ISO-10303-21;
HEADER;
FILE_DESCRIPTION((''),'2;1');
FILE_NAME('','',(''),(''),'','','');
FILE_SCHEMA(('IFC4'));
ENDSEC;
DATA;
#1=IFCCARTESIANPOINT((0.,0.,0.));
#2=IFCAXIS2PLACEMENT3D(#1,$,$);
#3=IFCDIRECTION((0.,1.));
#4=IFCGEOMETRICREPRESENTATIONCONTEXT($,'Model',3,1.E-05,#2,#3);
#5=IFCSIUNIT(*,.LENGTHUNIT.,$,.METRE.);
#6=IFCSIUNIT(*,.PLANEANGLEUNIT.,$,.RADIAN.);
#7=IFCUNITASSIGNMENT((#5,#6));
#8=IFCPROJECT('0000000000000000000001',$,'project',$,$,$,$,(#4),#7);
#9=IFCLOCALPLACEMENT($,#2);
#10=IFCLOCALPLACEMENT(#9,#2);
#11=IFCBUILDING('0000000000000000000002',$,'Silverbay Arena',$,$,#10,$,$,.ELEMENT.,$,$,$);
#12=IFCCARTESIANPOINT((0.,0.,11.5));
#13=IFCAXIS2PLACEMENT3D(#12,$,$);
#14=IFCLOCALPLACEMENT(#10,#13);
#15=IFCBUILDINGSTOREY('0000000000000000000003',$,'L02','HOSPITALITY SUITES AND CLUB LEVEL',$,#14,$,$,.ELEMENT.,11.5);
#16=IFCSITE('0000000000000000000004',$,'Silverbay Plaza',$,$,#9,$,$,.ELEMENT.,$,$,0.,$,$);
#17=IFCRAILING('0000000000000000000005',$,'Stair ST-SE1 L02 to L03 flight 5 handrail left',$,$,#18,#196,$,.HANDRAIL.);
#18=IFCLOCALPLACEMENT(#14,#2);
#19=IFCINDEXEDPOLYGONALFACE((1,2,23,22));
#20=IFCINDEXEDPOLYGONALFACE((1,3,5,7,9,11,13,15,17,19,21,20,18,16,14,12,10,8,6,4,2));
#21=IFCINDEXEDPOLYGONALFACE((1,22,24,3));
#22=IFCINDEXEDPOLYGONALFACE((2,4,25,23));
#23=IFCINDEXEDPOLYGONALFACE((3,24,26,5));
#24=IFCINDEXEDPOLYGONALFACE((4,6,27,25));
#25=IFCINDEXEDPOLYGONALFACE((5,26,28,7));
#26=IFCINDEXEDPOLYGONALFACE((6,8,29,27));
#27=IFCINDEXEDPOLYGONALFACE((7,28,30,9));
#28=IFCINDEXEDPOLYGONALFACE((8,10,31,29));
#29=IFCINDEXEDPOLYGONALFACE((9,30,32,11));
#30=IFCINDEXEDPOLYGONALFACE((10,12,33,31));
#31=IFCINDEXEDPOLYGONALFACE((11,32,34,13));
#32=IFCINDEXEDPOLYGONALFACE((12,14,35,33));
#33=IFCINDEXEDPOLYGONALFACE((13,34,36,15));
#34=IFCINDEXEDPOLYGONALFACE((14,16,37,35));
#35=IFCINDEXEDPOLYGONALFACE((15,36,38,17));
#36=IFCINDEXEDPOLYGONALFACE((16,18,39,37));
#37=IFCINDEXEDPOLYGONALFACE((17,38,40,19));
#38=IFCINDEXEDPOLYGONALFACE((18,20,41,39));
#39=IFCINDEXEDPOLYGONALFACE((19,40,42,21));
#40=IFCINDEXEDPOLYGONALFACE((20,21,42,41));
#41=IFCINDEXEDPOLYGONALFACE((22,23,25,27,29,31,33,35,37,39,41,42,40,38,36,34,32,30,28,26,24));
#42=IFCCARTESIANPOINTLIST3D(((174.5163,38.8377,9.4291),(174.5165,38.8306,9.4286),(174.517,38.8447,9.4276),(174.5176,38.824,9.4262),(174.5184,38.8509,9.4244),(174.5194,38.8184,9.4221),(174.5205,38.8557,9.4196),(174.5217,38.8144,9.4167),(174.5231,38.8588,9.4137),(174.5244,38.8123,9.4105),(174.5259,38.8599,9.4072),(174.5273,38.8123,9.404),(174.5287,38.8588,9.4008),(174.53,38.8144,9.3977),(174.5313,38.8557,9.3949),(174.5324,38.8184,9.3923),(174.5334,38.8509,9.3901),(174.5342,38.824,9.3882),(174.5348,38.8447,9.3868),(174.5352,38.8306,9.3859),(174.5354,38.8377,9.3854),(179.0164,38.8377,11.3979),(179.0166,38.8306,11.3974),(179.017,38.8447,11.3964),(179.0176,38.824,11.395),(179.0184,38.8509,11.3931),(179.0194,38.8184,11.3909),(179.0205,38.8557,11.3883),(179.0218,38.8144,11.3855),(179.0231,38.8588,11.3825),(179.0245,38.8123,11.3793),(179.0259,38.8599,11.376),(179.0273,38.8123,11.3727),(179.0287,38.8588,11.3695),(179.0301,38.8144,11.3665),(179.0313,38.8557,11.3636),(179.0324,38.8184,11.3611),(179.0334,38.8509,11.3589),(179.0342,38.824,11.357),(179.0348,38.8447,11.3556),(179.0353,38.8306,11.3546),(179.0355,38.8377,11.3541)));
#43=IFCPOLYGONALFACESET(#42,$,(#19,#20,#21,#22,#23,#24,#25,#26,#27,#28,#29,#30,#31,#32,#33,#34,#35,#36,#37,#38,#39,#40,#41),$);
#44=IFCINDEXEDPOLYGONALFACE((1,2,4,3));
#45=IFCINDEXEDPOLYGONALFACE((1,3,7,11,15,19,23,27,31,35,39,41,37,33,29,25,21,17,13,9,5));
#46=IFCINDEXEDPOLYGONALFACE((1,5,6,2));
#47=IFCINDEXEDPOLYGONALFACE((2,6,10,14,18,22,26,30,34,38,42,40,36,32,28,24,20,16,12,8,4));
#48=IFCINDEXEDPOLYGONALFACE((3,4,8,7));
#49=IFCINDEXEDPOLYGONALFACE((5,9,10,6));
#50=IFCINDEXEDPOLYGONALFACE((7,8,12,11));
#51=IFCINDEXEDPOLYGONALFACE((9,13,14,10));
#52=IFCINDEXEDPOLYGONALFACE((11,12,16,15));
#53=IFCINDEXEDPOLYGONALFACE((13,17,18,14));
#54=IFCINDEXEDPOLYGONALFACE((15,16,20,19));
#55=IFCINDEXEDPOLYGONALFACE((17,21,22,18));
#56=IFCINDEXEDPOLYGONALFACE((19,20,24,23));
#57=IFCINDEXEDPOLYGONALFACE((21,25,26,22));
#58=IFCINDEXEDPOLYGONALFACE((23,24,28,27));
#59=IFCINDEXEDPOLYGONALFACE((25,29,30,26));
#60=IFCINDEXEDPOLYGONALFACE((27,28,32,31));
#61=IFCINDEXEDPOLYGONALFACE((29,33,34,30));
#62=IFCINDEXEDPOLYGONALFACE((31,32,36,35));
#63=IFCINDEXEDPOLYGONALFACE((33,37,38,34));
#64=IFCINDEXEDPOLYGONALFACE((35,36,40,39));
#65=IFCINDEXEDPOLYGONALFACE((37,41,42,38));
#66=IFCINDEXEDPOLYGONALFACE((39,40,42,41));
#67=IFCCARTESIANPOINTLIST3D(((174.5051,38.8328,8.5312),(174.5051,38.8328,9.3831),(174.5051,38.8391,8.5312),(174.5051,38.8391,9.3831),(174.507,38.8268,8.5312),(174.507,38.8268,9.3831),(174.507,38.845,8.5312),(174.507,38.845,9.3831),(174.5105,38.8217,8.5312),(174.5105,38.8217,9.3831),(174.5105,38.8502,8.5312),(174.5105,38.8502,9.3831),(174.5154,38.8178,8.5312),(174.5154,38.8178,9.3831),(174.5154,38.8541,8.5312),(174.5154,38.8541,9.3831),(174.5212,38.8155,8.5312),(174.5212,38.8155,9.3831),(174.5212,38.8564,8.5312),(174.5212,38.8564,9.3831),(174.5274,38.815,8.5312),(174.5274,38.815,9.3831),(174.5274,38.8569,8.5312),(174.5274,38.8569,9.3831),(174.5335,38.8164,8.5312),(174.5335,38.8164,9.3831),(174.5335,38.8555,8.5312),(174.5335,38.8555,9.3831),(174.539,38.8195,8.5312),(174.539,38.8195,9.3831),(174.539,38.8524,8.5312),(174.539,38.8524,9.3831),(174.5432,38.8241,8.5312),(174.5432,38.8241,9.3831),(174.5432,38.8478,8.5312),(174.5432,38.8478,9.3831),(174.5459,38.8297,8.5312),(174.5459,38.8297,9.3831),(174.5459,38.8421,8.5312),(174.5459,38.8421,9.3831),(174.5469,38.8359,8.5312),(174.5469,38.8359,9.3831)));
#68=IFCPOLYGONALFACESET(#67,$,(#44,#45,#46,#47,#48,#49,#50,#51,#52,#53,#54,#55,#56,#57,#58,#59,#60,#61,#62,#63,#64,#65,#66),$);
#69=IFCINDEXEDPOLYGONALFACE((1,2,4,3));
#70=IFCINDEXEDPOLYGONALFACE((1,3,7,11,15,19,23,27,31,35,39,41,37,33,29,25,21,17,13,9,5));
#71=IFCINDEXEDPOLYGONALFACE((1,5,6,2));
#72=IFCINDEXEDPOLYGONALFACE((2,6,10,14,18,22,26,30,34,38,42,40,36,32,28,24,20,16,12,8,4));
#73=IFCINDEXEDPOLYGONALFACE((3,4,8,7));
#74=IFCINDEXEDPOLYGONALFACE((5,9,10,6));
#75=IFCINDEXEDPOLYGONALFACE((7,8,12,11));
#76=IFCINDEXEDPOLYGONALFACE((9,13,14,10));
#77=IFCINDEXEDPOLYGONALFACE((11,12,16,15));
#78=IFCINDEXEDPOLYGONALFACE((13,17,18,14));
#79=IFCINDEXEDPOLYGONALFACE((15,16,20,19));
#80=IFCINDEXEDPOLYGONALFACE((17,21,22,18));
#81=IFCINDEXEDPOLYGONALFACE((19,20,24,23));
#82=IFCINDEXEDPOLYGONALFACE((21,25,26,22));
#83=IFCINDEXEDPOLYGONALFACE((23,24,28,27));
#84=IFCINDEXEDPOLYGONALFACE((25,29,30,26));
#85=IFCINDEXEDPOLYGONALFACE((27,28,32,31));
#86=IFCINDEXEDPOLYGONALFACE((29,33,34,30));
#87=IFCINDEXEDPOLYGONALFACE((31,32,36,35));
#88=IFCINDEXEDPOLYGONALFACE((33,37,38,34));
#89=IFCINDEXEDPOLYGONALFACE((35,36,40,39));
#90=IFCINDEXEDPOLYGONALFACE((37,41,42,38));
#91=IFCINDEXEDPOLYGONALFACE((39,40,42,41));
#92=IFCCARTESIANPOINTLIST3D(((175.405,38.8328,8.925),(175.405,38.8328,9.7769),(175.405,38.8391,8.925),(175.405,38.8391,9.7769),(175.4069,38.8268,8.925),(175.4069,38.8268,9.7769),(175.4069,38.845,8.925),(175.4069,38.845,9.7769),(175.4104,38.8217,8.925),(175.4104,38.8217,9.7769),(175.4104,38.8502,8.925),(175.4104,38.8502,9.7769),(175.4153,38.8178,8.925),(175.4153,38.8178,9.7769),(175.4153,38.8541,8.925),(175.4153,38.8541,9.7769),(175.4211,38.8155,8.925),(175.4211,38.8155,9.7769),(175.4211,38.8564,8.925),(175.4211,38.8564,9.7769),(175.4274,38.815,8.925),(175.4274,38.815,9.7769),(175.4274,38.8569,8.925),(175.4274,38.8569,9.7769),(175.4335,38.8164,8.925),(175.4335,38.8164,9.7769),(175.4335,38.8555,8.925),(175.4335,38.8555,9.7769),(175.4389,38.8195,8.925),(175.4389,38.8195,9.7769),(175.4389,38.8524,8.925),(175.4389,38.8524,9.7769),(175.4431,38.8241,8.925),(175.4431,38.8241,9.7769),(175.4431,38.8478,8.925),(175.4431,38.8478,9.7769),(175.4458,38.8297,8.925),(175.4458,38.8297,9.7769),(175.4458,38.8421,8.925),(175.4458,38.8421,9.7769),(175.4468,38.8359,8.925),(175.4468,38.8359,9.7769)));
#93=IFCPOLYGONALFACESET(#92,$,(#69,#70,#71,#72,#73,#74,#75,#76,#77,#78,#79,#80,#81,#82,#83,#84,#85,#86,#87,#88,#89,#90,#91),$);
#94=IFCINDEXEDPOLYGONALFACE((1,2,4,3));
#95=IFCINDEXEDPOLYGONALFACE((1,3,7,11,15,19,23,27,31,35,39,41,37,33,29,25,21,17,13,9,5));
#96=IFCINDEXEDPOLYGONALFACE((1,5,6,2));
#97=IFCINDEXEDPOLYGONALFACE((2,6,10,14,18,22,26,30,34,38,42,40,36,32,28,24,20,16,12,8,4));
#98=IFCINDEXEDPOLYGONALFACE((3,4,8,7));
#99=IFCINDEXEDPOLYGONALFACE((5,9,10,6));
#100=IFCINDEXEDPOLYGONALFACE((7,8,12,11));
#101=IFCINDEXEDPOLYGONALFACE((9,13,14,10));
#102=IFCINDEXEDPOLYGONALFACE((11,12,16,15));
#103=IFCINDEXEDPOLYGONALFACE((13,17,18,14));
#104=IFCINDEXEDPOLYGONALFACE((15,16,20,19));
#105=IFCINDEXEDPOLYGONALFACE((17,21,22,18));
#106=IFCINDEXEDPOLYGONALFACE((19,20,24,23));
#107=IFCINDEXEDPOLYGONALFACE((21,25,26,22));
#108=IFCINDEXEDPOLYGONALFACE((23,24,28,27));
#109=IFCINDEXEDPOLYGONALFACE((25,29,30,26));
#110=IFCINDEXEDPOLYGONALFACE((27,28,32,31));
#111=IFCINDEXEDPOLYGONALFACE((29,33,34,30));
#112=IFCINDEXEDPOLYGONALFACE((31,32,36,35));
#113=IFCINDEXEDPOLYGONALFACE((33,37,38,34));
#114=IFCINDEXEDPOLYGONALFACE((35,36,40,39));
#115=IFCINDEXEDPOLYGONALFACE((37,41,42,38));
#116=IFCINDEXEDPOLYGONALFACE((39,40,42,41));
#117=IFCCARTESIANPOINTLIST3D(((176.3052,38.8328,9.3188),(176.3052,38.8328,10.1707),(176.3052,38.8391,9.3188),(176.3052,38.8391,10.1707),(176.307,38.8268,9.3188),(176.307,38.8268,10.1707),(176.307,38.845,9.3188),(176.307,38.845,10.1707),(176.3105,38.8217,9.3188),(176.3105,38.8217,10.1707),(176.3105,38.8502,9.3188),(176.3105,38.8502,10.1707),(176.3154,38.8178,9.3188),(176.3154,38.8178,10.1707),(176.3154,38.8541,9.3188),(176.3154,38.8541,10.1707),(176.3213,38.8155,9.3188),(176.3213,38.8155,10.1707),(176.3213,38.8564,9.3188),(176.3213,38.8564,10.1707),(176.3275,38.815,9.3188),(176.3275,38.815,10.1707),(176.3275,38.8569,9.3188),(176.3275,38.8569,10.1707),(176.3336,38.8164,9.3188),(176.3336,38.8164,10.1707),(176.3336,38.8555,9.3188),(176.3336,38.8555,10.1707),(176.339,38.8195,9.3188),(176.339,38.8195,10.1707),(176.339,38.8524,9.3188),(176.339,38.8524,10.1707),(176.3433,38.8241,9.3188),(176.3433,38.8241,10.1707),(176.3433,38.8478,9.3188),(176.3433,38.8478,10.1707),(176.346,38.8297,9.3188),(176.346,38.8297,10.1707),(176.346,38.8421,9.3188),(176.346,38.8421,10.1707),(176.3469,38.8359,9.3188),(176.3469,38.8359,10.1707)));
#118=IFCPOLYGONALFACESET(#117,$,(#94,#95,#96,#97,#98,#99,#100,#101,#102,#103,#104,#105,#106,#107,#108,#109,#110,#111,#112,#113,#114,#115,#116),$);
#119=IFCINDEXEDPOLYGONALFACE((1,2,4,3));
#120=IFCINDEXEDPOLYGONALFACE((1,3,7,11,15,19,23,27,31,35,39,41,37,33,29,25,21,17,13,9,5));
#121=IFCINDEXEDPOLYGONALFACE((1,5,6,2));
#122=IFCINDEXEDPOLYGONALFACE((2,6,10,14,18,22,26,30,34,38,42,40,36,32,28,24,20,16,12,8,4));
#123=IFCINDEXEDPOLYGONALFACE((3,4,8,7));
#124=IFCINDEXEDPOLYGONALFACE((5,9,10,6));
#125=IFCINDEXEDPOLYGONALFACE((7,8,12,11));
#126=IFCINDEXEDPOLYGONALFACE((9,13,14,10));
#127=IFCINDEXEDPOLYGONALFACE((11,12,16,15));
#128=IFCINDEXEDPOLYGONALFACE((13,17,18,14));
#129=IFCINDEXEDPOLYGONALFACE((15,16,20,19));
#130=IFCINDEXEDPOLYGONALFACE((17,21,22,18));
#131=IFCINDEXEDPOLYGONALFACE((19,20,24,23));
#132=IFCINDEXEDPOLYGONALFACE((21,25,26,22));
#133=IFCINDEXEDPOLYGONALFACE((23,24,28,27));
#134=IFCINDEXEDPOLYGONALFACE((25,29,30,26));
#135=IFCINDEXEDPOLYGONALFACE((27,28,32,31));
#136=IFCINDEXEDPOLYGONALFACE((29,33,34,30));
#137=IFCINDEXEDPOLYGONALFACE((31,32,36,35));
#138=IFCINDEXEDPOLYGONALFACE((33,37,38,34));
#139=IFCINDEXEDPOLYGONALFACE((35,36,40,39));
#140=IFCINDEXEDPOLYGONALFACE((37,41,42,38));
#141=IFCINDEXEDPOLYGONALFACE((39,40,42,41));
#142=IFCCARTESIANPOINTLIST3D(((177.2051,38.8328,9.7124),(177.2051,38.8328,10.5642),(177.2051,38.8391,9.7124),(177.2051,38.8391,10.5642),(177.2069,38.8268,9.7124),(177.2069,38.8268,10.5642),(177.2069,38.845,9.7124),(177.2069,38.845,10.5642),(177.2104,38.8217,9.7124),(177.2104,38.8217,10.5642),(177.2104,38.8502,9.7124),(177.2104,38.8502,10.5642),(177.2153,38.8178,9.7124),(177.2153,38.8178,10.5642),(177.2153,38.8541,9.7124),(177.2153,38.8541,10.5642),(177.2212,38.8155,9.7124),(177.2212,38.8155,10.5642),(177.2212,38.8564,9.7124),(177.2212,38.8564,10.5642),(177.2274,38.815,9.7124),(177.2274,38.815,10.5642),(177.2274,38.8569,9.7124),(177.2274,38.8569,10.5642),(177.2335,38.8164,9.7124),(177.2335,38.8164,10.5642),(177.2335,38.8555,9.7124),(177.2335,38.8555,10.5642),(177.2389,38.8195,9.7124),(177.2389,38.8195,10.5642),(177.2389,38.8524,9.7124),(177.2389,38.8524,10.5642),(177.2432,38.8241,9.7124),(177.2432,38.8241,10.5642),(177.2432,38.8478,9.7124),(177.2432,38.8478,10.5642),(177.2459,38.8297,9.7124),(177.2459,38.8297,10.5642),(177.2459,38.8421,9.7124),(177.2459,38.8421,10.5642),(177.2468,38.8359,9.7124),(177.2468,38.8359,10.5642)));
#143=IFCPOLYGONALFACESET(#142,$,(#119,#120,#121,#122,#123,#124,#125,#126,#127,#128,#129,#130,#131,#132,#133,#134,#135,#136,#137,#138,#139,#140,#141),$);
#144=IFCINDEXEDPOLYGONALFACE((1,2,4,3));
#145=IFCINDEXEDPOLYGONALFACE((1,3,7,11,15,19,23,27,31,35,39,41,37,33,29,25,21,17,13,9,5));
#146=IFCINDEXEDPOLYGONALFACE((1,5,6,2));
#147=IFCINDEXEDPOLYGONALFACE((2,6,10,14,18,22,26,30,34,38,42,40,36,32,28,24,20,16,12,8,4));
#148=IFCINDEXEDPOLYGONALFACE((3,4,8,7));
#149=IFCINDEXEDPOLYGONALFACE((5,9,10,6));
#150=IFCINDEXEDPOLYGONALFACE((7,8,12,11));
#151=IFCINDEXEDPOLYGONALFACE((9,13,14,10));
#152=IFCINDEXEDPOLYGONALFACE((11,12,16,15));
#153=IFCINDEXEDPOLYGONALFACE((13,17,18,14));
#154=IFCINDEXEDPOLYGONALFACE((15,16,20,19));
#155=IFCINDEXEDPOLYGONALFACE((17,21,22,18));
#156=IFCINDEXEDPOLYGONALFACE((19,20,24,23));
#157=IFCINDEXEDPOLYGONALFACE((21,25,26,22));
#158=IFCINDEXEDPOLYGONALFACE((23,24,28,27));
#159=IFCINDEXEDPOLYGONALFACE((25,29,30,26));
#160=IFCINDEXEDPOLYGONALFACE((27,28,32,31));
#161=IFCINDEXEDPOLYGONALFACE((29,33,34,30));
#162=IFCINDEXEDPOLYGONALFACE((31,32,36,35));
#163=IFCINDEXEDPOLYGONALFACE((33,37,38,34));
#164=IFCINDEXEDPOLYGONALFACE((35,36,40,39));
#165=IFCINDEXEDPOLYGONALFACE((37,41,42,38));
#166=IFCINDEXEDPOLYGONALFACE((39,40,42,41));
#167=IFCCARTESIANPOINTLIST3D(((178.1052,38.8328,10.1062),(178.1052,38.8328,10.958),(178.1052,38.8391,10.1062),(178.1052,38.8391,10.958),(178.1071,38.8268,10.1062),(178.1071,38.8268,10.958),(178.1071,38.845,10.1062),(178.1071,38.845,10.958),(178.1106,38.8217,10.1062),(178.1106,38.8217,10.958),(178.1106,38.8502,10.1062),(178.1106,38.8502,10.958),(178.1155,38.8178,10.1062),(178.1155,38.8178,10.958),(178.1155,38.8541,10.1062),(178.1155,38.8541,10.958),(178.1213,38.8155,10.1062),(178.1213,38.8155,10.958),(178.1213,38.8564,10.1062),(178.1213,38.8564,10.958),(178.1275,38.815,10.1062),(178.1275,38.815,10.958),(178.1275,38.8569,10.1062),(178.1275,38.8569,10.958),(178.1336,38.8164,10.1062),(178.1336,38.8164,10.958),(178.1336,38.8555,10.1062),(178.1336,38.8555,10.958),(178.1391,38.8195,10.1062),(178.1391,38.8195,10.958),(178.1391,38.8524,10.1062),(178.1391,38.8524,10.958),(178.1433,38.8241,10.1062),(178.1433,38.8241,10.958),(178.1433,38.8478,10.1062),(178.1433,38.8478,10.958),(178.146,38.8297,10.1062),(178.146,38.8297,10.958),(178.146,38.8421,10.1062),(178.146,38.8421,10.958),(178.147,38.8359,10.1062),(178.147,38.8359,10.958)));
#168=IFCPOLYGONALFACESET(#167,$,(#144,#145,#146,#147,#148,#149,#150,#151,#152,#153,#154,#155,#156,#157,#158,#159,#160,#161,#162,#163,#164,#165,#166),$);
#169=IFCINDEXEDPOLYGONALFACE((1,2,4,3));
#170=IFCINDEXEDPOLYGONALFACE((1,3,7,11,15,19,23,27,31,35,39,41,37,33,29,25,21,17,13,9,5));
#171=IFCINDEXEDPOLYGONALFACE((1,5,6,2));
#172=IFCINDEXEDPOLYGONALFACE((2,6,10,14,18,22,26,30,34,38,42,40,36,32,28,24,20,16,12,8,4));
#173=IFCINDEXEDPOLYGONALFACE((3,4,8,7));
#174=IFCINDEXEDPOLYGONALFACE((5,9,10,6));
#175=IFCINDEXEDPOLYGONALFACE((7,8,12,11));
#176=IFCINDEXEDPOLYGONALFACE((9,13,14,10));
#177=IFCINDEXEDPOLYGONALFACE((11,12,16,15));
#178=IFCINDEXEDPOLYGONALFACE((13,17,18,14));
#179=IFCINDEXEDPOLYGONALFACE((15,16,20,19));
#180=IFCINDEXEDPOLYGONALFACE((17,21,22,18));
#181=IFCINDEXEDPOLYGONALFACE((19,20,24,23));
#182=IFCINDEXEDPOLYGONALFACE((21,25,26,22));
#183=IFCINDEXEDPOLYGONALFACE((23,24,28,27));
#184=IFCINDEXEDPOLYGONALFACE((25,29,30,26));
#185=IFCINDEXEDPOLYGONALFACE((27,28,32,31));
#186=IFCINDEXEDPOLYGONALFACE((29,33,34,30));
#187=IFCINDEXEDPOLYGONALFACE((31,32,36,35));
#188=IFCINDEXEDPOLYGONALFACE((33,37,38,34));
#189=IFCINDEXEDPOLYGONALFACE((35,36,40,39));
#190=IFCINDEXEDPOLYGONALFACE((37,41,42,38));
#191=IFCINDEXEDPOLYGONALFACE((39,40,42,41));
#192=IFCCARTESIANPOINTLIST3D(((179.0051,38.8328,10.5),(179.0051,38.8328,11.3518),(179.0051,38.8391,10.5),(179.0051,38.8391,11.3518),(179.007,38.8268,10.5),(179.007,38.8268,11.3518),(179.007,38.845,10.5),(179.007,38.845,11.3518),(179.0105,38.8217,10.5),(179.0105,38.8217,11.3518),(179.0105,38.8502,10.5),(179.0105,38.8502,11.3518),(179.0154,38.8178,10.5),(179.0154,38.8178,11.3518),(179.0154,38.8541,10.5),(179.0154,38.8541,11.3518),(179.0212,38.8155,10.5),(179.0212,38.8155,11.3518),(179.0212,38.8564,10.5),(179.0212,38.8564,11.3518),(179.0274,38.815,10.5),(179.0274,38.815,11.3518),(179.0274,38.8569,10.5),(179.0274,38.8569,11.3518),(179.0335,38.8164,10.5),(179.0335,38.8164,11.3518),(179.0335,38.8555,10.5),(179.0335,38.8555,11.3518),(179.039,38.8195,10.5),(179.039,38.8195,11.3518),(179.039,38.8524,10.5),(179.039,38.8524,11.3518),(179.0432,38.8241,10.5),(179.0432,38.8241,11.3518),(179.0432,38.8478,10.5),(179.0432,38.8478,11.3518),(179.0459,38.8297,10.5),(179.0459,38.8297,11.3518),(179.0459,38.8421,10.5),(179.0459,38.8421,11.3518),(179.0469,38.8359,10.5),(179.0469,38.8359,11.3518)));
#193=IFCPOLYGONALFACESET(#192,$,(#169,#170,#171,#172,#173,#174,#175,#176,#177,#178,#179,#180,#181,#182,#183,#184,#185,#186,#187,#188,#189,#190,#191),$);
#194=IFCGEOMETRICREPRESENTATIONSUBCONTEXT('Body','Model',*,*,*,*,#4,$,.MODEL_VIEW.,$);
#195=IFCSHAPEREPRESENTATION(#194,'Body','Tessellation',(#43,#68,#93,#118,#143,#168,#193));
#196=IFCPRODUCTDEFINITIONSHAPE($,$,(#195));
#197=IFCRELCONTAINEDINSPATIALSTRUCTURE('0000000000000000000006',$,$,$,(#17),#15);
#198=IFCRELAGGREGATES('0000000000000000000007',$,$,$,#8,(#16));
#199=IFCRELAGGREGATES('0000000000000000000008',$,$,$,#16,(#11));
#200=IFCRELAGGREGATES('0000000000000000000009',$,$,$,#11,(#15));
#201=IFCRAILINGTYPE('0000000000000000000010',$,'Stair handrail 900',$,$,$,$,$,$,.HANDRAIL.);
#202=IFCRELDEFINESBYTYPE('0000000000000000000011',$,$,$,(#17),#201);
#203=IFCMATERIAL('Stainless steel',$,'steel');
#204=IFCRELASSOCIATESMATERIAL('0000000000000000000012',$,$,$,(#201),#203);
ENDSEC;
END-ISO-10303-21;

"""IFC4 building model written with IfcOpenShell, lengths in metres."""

from ifc_helpers import new_model, si_unit, direction, frame, origin, origin_2d, place, context, subcontext, project, spatial, circle, extrude, material, type_object, element, save


model = new_model("IFC4")

# Units and contexts
model_context = context("Model", 3, precision=1e-05, world=origin(), true_north=direction((0.0, 1.0)))
body_context = subcontext(model_context, "Body", "Model", "MODEL_VIEW")
ifc_project = project(units=[si_unit("LENGTHUNIT", "METRE"), si_unit("PLANEANGLEUNIT", "RADIAN")], contexts=[model_context])

# Site, building, storey
site_placement = place(None, origin())
site = spatial("IfcSite", under=ifc_project, at=site_placement, Name="Silverbay Plaza", CompositionType="ELEMENT", RefElevation=0.0)
building_placement = place(site_placement, origin())
building = spatial("IfcBuilding", under=site, at=building_placement, Name="Silverbay Arena", CompositionType="ELEMENT")
storey_placement = place(building_placement, frame((0.0, 0.0, 11.5)))
storey = spatial("IfcBuildingStorey", under=building, at=storey_placement, Name="L02", Description="HOSPITALITY SUITES AND CLUB LEVEL", CompositionType="ELEMENT", Elevation=11.5)

# Railing
ifc_material_1 = material(Name="Stainless steel", Category="steel")
railing_type_1 = type_object("IfcRailingType", Name="Stair handrail 900", PredefinedType="HANDRAIL", material=ifc_material_1)
for number, where, name in (
    (1, (174.5259, 38.8359, 8.5312), "Stair ST-SE1 L02 to L03 flight 5 handrail left"),
):
    element("IfcRailing", number, at=place(storey_placement, frame(where)), inside=storey, type_object=railing_type_1, Name=name, PredefinedType="HANDRAIL", context=body_context, shape_type="SweptSolid", body=[
        extrude(circle(Radius=0.0239, at=origin_2d()), frame((0.0, 0.0, 0.876), z_axis=(0.916157, 0.0, 0.400819), x_axis=(0.0, 1.0, 0.0)), (0.0, 0.0, 1.0), 4.9119),
        extrude(circle(Radius=0.021, at=origin_2d()), origin(), (0.0, 0.0, 1.0), 0.8518),
        extrude(circle(Radius=0.021, at=origin_2d()), frame((0.8999, 0.0, 0.3938)), (0.0, 0.0, 1.0), 0.8518),
        extrude(circle(Radius=0.021, at=origin_2d()), frame((1.8, 0.0, 0.7876)), (0.0, 0.0, 1.0), 0.8518),
        extrude(circle(Radius=0.021, at=origin_2d()), frame((2.7, 0.0, 1.1812)), (0.0, 0.0, 1.0), 0.8518),
        extrude(circle(Radius=0.021, at=origin_2d()), frame((3.6001, 0.0, 1.575)), (0.0, 0.0, 1.0), 0.8518),
        extrude(circle(Radius=0.021, at=origin_2d()), frame((4.5, 0.0, 1.9688)), (0.0, 0.0, 1.0), 0.8518),
    ])

save(model, "model.ifc")
